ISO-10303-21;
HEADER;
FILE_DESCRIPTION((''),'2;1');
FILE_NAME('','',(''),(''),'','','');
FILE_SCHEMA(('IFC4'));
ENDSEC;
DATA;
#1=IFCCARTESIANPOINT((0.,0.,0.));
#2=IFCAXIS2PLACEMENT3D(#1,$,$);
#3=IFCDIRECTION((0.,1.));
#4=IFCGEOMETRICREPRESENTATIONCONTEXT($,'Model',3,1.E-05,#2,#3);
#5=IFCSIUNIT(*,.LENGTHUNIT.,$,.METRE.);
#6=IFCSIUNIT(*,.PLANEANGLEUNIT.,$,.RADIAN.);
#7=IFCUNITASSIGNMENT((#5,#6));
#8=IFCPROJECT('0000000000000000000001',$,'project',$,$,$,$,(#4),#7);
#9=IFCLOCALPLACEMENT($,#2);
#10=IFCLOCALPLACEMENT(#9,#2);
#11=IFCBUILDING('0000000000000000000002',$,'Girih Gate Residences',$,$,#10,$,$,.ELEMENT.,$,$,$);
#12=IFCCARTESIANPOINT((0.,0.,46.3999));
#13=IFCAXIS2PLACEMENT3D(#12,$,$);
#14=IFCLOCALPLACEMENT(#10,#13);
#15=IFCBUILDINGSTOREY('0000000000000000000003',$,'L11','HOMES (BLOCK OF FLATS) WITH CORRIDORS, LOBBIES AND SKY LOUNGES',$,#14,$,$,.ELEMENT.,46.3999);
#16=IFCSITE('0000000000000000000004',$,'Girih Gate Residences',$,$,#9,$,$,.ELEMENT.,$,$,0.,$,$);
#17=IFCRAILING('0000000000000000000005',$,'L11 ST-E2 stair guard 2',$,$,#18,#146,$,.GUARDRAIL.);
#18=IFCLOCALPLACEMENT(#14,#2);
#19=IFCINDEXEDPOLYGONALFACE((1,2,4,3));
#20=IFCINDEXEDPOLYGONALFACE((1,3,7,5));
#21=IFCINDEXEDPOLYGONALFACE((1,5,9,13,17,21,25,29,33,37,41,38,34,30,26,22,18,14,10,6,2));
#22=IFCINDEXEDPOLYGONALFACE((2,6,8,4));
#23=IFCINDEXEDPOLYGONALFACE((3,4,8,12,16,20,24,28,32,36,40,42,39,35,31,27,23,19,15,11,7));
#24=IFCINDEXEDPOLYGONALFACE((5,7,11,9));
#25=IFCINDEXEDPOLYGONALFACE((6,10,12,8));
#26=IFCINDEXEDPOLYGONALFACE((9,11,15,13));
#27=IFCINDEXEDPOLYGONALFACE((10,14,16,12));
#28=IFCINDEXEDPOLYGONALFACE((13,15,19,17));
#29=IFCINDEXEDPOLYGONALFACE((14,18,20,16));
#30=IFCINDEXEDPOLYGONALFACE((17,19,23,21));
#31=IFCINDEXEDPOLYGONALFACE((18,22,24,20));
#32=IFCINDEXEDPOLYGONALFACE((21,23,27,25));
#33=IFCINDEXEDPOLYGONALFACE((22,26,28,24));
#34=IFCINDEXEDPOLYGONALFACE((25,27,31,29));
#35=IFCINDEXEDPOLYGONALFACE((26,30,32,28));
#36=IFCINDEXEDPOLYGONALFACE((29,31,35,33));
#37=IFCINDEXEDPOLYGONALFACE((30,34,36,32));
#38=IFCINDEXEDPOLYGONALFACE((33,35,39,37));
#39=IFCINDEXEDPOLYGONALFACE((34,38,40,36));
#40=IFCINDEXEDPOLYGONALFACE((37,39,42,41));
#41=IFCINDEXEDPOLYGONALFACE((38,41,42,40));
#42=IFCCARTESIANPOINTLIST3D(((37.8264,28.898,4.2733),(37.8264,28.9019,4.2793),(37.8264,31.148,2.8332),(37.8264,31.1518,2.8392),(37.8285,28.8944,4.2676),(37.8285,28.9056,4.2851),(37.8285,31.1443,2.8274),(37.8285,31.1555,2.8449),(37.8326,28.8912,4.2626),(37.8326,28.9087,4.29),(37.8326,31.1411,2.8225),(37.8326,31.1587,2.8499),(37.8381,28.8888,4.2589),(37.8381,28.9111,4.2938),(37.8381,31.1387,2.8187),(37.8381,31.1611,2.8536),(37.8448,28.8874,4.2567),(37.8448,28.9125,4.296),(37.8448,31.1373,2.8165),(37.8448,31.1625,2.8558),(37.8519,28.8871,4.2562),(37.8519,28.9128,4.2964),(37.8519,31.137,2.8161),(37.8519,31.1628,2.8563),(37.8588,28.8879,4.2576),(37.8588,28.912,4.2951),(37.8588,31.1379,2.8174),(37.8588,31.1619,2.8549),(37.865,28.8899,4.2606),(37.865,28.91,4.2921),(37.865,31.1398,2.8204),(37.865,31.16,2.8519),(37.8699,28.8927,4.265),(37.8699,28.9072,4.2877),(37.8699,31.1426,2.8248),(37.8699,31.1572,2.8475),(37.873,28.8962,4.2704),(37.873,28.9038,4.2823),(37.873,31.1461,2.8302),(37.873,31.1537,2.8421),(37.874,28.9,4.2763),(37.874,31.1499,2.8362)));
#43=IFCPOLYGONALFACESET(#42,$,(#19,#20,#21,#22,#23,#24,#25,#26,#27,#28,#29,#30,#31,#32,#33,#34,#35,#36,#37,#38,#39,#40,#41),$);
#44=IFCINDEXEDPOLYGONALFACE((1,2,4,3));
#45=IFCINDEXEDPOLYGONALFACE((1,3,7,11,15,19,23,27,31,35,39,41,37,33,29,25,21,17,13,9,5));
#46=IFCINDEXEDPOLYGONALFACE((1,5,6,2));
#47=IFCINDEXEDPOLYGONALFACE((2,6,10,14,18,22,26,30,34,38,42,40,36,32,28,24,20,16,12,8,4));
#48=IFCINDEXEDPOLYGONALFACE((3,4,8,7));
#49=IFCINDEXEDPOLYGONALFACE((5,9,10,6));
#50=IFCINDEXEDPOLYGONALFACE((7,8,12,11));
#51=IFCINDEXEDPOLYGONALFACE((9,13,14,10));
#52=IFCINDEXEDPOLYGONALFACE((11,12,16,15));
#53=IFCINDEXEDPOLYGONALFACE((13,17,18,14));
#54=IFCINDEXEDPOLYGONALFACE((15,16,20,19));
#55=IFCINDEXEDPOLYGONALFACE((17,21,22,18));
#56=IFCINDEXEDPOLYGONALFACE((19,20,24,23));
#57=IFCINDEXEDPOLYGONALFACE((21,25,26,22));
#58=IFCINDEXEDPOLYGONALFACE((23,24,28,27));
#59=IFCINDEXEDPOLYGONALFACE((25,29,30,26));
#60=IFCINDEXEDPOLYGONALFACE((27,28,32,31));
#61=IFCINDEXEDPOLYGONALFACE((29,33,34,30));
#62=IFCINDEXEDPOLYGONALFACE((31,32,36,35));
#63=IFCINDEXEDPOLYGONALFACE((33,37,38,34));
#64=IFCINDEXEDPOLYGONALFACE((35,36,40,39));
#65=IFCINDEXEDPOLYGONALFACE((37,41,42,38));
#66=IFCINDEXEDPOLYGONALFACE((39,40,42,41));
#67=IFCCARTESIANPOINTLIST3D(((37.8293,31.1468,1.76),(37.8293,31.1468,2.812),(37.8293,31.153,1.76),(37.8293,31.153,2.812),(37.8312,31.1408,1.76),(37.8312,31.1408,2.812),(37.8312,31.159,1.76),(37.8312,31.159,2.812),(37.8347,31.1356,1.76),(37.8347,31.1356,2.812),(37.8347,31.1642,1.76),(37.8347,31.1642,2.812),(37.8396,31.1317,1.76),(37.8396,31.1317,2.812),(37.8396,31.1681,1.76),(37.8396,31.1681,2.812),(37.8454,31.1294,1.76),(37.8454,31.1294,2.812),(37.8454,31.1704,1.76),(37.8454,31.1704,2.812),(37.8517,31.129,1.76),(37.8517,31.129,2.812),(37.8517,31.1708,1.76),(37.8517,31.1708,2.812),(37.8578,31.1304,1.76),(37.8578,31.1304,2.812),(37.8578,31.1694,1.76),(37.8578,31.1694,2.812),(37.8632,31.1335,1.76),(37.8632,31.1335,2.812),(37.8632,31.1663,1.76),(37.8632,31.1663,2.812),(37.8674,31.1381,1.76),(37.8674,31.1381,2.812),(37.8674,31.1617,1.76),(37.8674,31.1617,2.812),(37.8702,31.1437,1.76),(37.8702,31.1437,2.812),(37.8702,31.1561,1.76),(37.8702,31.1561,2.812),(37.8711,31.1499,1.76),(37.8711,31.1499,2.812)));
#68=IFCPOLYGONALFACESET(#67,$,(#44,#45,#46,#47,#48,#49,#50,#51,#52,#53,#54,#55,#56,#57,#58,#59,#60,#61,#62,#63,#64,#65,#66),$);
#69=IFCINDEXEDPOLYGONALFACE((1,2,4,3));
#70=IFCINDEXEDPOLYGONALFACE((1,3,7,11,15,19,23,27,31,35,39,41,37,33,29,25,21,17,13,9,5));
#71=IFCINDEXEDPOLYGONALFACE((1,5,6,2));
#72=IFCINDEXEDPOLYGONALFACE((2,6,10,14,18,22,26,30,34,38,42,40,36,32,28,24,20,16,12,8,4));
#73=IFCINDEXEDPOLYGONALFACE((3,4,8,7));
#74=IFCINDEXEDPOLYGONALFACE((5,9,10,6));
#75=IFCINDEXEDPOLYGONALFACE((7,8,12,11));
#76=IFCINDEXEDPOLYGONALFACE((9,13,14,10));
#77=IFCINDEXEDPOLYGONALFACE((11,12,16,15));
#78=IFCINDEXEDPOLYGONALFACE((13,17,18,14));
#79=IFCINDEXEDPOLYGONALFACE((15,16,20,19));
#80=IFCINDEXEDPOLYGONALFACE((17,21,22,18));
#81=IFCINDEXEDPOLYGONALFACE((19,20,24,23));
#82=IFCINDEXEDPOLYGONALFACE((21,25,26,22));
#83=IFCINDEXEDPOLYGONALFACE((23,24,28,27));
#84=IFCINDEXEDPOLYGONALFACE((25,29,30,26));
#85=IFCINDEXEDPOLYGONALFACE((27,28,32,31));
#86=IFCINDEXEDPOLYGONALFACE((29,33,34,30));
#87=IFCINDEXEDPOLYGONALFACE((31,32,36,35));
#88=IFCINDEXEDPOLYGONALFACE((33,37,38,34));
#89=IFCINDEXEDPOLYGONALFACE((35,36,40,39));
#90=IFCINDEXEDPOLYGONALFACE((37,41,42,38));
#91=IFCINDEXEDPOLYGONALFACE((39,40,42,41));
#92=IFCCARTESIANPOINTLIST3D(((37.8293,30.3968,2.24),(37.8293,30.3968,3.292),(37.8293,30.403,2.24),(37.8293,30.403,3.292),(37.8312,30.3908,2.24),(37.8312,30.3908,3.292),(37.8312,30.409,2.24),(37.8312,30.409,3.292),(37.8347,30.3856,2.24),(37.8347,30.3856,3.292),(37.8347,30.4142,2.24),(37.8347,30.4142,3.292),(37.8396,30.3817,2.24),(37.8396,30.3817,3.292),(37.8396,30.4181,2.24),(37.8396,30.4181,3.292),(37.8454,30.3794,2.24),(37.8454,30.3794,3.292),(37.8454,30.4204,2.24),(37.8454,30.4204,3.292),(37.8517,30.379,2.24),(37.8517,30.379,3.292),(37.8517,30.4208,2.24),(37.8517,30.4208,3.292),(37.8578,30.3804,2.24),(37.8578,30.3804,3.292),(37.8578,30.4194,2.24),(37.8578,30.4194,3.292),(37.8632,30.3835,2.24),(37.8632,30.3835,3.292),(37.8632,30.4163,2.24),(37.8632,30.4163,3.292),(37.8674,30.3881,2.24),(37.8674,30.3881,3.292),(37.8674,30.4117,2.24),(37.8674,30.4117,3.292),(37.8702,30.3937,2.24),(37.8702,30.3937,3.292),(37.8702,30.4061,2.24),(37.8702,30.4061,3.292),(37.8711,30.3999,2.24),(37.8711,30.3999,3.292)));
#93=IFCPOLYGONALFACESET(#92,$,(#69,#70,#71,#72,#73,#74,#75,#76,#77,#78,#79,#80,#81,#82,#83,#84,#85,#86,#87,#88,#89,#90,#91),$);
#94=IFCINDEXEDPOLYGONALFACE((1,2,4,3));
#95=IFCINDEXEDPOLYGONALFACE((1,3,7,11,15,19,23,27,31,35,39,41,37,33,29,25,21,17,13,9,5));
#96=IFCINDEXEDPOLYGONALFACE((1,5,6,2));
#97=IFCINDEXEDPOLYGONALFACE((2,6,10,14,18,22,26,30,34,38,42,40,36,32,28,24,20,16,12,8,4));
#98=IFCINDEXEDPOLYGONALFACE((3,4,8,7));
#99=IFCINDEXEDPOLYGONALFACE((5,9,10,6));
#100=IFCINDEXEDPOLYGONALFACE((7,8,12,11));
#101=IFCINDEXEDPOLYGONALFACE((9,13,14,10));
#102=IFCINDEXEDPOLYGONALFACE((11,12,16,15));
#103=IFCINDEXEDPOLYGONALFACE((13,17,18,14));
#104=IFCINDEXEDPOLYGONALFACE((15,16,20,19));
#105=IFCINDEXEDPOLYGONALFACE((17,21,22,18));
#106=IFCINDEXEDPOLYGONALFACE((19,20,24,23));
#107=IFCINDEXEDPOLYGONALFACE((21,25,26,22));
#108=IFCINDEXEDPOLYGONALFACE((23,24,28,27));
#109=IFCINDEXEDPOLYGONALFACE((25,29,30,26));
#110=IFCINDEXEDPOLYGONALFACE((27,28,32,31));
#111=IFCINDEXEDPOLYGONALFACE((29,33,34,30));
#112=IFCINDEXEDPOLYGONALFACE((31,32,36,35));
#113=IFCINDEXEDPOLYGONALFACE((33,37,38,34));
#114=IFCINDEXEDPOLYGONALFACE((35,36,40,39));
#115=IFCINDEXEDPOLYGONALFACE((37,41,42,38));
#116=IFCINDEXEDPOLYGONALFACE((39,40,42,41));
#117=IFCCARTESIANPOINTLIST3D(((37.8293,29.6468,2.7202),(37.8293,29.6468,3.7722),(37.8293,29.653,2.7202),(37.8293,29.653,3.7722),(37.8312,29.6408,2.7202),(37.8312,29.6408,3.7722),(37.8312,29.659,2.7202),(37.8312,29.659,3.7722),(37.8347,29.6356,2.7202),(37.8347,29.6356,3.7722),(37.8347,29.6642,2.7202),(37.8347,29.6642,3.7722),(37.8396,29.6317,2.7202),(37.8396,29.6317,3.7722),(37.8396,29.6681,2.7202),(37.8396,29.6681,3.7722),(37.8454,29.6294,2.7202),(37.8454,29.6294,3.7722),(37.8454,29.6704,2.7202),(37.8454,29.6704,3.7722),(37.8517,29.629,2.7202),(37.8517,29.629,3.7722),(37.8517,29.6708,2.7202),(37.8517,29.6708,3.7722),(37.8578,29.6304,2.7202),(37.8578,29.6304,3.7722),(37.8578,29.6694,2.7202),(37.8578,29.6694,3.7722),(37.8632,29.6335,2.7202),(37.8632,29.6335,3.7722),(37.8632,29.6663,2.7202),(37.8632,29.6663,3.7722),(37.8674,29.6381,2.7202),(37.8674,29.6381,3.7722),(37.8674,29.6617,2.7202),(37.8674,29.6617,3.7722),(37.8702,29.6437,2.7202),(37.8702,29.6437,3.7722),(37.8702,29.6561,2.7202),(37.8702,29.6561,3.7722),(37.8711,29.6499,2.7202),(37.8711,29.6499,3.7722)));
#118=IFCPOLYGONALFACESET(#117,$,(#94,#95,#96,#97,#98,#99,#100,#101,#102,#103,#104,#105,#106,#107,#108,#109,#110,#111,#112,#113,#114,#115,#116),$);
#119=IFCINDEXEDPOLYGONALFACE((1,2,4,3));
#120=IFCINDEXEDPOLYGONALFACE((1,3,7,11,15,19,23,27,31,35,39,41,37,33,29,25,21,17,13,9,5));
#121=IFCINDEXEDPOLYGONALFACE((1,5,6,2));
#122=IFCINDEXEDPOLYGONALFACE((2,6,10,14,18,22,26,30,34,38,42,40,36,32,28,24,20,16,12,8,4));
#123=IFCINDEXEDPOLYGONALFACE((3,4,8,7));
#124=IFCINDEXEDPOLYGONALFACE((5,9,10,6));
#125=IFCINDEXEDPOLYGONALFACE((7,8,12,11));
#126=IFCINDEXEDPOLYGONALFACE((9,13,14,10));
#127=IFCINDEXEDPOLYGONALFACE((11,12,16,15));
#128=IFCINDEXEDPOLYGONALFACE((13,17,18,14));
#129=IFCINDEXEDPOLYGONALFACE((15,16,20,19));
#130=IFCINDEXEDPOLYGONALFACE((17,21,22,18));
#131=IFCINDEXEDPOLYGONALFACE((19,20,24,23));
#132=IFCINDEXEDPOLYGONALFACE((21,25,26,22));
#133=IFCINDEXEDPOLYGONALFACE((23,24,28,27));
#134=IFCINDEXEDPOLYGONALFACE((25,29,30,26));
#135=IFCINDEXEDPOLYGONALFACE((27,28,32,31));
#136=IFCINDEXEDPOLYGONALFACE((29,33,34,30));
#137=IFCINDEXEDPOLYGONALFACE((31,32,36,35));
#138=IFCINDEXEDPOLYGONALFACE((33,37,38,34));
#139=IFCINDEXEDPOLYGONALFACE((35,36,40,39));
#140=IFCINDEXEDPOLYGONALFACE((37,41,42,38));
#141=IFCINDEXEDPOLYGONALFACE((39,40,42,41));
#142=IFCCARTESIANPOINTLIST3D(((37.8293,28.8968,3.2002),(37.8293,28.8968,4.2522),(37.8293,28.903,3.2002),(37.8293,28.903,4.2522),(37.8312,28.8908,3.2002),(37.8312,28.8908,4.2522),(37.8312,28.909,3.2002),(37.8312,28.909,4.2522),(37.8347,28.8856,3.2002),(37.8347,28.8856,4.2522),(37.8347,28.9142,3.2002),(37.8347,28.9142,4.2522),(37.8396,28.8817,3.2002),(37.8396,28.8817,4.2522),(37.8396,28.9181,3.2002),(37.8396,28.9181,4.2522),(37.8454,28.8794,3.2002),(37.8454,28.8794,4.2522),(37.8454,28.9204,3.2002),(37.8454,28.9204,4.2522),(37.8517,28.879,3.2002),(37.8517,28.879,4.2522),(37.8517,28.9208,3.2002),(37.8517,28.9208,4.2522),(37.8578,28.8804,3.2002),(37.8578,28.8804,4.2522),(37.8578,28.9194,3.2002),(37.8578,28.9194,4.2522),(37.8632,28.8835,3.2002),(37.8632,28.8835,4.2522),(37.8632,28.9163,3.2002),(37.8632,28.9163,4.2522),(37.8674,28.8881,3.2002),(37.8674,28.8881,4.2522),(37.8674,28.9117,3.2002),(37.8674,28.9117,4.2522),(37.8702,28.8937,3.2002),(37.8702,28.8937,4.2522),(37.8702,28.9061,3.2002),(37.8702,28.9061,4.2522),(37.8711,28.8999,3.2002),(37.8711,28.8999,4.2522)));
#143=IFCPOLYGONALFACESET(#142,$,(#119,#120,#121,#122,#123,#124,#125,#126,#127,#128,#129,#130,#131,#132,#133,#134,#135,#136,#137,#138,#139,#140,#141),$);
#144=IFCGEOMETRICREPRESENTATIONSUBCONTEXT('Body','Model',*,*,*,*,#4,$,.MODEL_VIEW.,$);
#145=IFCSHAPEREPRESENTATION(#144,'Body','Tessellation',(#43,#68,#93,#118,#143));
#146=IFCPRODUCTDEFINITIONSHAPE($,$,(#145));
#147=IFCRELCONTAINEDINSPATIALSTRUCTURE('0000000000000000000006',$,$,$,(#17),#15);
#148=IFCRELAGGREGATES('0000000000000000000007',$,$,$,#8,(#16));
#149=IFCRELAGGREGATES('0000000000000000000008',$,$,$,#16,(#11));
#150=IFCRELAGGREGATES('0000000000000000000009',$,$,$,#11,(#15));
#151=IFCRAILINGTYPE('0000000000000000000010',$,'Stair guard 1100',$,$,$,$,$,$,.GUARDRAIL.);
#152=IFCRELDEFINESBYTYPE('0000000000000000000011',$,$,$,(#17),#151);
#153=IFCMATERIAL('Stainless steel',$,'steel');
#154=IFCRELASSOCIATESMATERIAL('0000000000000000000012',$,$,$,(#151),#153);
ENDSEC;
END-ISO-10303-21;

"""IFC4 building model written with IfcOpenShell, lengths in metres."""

from ifc_helpers import new_model, si_unit, direction, frame, origin, origin_2d, place, context, subcontext, project, spatial, circle, extrude, material, type_object, element, save


model = new_model("IFC4")

# Units and contexts
model_context = context("Model", 3, precision=1e-05, world=origin(), true_north=direction((0.0, 1.0)))
body_context = subcontext(model_context, "Body", "Model", "MODEL_VIEW")
ifc_project = project(units=[si_unit("LENGTHUNIT", "METRE"), si_unit("PLANEANGLEUNIT", "RADIAN")], contexts=[model_context])

# Site, building, storey
site_placement = place(None, origin())
site = spatial("IfcSite", under=ifc_project, at=site_placement, Name="Girih Gate Residences", CompositionType="ELEMENT", RefElevation=0.0)
building_placement = place(site_placement, origin())
building = spatial("IfcBuilding", under=site, at=building_placement, Name="Girih Gate Residences", CompositionType="ELEMENT")
storey_placement = place(building_placement, frame((0.0, 0.0, 46.3999)))
storey = spatial("IfcBuildingStorey", under=building, at=storey_placement, Name="L11", Description="HOMES (BLOCK OF FLATS) WITH CORRIDORS, LOBBIES AND SKY LOUNGES", CompositionType="ELEMENT", Elevation=46.3999)

# Shared definitions
ifc_material_1 = material(Name="Stainless steel", Category="steel")

# Railing
railing_type_1 = type_object("IfcRailingType", Name="Stair guard 1100", PredefinedType="GUARDRAIL", material=ifc_material_1)
railing_1_placement = place(storey_placement, frame((37.8501, 31.1499, 1.76)))
element("IfcRailing", 1, at=railing_1_placement, inside=storey, type_object=railing_type_1, Name="L11 ST-E2 stair guard 2", PredefinedType="GUARDRAIL", context=body_context, shape_type="SweptSolid", body=[
    extrude(circle(Radius=0.0239, at=origin_2d()), frame((0.0, 0.0, 1.0762), z_axis=(0.0, -0.84224, 0.539103), x_axis=(1.0, 0.0, 0.0)), (0.0, 0.0, 1.0), 2.6714),
    extrude(circle(Radius=0.021, at=origin_2d()), origin(), (0.0, 0.0, 1.0), 1.052),
    extrude(circle(Radius=0.021, at=origin_2d()), frame((0.0, -0.75, 0.48)), (0.0, 0.0, 1.0), 1.052),
    extrude(circle(Radius=0.021, at=origin_2d()), frame((0.0, -1.5, 0.9602)), (0.0, 0.0, 1.0), 1.052),
    extrude(circle(Radius=0.021, at=origin_2d()), frame((0.0, -2.25, 1.4402)), (0.0, 0.0, 1.0), 1.052),
])

save(model, "model.ifc")
